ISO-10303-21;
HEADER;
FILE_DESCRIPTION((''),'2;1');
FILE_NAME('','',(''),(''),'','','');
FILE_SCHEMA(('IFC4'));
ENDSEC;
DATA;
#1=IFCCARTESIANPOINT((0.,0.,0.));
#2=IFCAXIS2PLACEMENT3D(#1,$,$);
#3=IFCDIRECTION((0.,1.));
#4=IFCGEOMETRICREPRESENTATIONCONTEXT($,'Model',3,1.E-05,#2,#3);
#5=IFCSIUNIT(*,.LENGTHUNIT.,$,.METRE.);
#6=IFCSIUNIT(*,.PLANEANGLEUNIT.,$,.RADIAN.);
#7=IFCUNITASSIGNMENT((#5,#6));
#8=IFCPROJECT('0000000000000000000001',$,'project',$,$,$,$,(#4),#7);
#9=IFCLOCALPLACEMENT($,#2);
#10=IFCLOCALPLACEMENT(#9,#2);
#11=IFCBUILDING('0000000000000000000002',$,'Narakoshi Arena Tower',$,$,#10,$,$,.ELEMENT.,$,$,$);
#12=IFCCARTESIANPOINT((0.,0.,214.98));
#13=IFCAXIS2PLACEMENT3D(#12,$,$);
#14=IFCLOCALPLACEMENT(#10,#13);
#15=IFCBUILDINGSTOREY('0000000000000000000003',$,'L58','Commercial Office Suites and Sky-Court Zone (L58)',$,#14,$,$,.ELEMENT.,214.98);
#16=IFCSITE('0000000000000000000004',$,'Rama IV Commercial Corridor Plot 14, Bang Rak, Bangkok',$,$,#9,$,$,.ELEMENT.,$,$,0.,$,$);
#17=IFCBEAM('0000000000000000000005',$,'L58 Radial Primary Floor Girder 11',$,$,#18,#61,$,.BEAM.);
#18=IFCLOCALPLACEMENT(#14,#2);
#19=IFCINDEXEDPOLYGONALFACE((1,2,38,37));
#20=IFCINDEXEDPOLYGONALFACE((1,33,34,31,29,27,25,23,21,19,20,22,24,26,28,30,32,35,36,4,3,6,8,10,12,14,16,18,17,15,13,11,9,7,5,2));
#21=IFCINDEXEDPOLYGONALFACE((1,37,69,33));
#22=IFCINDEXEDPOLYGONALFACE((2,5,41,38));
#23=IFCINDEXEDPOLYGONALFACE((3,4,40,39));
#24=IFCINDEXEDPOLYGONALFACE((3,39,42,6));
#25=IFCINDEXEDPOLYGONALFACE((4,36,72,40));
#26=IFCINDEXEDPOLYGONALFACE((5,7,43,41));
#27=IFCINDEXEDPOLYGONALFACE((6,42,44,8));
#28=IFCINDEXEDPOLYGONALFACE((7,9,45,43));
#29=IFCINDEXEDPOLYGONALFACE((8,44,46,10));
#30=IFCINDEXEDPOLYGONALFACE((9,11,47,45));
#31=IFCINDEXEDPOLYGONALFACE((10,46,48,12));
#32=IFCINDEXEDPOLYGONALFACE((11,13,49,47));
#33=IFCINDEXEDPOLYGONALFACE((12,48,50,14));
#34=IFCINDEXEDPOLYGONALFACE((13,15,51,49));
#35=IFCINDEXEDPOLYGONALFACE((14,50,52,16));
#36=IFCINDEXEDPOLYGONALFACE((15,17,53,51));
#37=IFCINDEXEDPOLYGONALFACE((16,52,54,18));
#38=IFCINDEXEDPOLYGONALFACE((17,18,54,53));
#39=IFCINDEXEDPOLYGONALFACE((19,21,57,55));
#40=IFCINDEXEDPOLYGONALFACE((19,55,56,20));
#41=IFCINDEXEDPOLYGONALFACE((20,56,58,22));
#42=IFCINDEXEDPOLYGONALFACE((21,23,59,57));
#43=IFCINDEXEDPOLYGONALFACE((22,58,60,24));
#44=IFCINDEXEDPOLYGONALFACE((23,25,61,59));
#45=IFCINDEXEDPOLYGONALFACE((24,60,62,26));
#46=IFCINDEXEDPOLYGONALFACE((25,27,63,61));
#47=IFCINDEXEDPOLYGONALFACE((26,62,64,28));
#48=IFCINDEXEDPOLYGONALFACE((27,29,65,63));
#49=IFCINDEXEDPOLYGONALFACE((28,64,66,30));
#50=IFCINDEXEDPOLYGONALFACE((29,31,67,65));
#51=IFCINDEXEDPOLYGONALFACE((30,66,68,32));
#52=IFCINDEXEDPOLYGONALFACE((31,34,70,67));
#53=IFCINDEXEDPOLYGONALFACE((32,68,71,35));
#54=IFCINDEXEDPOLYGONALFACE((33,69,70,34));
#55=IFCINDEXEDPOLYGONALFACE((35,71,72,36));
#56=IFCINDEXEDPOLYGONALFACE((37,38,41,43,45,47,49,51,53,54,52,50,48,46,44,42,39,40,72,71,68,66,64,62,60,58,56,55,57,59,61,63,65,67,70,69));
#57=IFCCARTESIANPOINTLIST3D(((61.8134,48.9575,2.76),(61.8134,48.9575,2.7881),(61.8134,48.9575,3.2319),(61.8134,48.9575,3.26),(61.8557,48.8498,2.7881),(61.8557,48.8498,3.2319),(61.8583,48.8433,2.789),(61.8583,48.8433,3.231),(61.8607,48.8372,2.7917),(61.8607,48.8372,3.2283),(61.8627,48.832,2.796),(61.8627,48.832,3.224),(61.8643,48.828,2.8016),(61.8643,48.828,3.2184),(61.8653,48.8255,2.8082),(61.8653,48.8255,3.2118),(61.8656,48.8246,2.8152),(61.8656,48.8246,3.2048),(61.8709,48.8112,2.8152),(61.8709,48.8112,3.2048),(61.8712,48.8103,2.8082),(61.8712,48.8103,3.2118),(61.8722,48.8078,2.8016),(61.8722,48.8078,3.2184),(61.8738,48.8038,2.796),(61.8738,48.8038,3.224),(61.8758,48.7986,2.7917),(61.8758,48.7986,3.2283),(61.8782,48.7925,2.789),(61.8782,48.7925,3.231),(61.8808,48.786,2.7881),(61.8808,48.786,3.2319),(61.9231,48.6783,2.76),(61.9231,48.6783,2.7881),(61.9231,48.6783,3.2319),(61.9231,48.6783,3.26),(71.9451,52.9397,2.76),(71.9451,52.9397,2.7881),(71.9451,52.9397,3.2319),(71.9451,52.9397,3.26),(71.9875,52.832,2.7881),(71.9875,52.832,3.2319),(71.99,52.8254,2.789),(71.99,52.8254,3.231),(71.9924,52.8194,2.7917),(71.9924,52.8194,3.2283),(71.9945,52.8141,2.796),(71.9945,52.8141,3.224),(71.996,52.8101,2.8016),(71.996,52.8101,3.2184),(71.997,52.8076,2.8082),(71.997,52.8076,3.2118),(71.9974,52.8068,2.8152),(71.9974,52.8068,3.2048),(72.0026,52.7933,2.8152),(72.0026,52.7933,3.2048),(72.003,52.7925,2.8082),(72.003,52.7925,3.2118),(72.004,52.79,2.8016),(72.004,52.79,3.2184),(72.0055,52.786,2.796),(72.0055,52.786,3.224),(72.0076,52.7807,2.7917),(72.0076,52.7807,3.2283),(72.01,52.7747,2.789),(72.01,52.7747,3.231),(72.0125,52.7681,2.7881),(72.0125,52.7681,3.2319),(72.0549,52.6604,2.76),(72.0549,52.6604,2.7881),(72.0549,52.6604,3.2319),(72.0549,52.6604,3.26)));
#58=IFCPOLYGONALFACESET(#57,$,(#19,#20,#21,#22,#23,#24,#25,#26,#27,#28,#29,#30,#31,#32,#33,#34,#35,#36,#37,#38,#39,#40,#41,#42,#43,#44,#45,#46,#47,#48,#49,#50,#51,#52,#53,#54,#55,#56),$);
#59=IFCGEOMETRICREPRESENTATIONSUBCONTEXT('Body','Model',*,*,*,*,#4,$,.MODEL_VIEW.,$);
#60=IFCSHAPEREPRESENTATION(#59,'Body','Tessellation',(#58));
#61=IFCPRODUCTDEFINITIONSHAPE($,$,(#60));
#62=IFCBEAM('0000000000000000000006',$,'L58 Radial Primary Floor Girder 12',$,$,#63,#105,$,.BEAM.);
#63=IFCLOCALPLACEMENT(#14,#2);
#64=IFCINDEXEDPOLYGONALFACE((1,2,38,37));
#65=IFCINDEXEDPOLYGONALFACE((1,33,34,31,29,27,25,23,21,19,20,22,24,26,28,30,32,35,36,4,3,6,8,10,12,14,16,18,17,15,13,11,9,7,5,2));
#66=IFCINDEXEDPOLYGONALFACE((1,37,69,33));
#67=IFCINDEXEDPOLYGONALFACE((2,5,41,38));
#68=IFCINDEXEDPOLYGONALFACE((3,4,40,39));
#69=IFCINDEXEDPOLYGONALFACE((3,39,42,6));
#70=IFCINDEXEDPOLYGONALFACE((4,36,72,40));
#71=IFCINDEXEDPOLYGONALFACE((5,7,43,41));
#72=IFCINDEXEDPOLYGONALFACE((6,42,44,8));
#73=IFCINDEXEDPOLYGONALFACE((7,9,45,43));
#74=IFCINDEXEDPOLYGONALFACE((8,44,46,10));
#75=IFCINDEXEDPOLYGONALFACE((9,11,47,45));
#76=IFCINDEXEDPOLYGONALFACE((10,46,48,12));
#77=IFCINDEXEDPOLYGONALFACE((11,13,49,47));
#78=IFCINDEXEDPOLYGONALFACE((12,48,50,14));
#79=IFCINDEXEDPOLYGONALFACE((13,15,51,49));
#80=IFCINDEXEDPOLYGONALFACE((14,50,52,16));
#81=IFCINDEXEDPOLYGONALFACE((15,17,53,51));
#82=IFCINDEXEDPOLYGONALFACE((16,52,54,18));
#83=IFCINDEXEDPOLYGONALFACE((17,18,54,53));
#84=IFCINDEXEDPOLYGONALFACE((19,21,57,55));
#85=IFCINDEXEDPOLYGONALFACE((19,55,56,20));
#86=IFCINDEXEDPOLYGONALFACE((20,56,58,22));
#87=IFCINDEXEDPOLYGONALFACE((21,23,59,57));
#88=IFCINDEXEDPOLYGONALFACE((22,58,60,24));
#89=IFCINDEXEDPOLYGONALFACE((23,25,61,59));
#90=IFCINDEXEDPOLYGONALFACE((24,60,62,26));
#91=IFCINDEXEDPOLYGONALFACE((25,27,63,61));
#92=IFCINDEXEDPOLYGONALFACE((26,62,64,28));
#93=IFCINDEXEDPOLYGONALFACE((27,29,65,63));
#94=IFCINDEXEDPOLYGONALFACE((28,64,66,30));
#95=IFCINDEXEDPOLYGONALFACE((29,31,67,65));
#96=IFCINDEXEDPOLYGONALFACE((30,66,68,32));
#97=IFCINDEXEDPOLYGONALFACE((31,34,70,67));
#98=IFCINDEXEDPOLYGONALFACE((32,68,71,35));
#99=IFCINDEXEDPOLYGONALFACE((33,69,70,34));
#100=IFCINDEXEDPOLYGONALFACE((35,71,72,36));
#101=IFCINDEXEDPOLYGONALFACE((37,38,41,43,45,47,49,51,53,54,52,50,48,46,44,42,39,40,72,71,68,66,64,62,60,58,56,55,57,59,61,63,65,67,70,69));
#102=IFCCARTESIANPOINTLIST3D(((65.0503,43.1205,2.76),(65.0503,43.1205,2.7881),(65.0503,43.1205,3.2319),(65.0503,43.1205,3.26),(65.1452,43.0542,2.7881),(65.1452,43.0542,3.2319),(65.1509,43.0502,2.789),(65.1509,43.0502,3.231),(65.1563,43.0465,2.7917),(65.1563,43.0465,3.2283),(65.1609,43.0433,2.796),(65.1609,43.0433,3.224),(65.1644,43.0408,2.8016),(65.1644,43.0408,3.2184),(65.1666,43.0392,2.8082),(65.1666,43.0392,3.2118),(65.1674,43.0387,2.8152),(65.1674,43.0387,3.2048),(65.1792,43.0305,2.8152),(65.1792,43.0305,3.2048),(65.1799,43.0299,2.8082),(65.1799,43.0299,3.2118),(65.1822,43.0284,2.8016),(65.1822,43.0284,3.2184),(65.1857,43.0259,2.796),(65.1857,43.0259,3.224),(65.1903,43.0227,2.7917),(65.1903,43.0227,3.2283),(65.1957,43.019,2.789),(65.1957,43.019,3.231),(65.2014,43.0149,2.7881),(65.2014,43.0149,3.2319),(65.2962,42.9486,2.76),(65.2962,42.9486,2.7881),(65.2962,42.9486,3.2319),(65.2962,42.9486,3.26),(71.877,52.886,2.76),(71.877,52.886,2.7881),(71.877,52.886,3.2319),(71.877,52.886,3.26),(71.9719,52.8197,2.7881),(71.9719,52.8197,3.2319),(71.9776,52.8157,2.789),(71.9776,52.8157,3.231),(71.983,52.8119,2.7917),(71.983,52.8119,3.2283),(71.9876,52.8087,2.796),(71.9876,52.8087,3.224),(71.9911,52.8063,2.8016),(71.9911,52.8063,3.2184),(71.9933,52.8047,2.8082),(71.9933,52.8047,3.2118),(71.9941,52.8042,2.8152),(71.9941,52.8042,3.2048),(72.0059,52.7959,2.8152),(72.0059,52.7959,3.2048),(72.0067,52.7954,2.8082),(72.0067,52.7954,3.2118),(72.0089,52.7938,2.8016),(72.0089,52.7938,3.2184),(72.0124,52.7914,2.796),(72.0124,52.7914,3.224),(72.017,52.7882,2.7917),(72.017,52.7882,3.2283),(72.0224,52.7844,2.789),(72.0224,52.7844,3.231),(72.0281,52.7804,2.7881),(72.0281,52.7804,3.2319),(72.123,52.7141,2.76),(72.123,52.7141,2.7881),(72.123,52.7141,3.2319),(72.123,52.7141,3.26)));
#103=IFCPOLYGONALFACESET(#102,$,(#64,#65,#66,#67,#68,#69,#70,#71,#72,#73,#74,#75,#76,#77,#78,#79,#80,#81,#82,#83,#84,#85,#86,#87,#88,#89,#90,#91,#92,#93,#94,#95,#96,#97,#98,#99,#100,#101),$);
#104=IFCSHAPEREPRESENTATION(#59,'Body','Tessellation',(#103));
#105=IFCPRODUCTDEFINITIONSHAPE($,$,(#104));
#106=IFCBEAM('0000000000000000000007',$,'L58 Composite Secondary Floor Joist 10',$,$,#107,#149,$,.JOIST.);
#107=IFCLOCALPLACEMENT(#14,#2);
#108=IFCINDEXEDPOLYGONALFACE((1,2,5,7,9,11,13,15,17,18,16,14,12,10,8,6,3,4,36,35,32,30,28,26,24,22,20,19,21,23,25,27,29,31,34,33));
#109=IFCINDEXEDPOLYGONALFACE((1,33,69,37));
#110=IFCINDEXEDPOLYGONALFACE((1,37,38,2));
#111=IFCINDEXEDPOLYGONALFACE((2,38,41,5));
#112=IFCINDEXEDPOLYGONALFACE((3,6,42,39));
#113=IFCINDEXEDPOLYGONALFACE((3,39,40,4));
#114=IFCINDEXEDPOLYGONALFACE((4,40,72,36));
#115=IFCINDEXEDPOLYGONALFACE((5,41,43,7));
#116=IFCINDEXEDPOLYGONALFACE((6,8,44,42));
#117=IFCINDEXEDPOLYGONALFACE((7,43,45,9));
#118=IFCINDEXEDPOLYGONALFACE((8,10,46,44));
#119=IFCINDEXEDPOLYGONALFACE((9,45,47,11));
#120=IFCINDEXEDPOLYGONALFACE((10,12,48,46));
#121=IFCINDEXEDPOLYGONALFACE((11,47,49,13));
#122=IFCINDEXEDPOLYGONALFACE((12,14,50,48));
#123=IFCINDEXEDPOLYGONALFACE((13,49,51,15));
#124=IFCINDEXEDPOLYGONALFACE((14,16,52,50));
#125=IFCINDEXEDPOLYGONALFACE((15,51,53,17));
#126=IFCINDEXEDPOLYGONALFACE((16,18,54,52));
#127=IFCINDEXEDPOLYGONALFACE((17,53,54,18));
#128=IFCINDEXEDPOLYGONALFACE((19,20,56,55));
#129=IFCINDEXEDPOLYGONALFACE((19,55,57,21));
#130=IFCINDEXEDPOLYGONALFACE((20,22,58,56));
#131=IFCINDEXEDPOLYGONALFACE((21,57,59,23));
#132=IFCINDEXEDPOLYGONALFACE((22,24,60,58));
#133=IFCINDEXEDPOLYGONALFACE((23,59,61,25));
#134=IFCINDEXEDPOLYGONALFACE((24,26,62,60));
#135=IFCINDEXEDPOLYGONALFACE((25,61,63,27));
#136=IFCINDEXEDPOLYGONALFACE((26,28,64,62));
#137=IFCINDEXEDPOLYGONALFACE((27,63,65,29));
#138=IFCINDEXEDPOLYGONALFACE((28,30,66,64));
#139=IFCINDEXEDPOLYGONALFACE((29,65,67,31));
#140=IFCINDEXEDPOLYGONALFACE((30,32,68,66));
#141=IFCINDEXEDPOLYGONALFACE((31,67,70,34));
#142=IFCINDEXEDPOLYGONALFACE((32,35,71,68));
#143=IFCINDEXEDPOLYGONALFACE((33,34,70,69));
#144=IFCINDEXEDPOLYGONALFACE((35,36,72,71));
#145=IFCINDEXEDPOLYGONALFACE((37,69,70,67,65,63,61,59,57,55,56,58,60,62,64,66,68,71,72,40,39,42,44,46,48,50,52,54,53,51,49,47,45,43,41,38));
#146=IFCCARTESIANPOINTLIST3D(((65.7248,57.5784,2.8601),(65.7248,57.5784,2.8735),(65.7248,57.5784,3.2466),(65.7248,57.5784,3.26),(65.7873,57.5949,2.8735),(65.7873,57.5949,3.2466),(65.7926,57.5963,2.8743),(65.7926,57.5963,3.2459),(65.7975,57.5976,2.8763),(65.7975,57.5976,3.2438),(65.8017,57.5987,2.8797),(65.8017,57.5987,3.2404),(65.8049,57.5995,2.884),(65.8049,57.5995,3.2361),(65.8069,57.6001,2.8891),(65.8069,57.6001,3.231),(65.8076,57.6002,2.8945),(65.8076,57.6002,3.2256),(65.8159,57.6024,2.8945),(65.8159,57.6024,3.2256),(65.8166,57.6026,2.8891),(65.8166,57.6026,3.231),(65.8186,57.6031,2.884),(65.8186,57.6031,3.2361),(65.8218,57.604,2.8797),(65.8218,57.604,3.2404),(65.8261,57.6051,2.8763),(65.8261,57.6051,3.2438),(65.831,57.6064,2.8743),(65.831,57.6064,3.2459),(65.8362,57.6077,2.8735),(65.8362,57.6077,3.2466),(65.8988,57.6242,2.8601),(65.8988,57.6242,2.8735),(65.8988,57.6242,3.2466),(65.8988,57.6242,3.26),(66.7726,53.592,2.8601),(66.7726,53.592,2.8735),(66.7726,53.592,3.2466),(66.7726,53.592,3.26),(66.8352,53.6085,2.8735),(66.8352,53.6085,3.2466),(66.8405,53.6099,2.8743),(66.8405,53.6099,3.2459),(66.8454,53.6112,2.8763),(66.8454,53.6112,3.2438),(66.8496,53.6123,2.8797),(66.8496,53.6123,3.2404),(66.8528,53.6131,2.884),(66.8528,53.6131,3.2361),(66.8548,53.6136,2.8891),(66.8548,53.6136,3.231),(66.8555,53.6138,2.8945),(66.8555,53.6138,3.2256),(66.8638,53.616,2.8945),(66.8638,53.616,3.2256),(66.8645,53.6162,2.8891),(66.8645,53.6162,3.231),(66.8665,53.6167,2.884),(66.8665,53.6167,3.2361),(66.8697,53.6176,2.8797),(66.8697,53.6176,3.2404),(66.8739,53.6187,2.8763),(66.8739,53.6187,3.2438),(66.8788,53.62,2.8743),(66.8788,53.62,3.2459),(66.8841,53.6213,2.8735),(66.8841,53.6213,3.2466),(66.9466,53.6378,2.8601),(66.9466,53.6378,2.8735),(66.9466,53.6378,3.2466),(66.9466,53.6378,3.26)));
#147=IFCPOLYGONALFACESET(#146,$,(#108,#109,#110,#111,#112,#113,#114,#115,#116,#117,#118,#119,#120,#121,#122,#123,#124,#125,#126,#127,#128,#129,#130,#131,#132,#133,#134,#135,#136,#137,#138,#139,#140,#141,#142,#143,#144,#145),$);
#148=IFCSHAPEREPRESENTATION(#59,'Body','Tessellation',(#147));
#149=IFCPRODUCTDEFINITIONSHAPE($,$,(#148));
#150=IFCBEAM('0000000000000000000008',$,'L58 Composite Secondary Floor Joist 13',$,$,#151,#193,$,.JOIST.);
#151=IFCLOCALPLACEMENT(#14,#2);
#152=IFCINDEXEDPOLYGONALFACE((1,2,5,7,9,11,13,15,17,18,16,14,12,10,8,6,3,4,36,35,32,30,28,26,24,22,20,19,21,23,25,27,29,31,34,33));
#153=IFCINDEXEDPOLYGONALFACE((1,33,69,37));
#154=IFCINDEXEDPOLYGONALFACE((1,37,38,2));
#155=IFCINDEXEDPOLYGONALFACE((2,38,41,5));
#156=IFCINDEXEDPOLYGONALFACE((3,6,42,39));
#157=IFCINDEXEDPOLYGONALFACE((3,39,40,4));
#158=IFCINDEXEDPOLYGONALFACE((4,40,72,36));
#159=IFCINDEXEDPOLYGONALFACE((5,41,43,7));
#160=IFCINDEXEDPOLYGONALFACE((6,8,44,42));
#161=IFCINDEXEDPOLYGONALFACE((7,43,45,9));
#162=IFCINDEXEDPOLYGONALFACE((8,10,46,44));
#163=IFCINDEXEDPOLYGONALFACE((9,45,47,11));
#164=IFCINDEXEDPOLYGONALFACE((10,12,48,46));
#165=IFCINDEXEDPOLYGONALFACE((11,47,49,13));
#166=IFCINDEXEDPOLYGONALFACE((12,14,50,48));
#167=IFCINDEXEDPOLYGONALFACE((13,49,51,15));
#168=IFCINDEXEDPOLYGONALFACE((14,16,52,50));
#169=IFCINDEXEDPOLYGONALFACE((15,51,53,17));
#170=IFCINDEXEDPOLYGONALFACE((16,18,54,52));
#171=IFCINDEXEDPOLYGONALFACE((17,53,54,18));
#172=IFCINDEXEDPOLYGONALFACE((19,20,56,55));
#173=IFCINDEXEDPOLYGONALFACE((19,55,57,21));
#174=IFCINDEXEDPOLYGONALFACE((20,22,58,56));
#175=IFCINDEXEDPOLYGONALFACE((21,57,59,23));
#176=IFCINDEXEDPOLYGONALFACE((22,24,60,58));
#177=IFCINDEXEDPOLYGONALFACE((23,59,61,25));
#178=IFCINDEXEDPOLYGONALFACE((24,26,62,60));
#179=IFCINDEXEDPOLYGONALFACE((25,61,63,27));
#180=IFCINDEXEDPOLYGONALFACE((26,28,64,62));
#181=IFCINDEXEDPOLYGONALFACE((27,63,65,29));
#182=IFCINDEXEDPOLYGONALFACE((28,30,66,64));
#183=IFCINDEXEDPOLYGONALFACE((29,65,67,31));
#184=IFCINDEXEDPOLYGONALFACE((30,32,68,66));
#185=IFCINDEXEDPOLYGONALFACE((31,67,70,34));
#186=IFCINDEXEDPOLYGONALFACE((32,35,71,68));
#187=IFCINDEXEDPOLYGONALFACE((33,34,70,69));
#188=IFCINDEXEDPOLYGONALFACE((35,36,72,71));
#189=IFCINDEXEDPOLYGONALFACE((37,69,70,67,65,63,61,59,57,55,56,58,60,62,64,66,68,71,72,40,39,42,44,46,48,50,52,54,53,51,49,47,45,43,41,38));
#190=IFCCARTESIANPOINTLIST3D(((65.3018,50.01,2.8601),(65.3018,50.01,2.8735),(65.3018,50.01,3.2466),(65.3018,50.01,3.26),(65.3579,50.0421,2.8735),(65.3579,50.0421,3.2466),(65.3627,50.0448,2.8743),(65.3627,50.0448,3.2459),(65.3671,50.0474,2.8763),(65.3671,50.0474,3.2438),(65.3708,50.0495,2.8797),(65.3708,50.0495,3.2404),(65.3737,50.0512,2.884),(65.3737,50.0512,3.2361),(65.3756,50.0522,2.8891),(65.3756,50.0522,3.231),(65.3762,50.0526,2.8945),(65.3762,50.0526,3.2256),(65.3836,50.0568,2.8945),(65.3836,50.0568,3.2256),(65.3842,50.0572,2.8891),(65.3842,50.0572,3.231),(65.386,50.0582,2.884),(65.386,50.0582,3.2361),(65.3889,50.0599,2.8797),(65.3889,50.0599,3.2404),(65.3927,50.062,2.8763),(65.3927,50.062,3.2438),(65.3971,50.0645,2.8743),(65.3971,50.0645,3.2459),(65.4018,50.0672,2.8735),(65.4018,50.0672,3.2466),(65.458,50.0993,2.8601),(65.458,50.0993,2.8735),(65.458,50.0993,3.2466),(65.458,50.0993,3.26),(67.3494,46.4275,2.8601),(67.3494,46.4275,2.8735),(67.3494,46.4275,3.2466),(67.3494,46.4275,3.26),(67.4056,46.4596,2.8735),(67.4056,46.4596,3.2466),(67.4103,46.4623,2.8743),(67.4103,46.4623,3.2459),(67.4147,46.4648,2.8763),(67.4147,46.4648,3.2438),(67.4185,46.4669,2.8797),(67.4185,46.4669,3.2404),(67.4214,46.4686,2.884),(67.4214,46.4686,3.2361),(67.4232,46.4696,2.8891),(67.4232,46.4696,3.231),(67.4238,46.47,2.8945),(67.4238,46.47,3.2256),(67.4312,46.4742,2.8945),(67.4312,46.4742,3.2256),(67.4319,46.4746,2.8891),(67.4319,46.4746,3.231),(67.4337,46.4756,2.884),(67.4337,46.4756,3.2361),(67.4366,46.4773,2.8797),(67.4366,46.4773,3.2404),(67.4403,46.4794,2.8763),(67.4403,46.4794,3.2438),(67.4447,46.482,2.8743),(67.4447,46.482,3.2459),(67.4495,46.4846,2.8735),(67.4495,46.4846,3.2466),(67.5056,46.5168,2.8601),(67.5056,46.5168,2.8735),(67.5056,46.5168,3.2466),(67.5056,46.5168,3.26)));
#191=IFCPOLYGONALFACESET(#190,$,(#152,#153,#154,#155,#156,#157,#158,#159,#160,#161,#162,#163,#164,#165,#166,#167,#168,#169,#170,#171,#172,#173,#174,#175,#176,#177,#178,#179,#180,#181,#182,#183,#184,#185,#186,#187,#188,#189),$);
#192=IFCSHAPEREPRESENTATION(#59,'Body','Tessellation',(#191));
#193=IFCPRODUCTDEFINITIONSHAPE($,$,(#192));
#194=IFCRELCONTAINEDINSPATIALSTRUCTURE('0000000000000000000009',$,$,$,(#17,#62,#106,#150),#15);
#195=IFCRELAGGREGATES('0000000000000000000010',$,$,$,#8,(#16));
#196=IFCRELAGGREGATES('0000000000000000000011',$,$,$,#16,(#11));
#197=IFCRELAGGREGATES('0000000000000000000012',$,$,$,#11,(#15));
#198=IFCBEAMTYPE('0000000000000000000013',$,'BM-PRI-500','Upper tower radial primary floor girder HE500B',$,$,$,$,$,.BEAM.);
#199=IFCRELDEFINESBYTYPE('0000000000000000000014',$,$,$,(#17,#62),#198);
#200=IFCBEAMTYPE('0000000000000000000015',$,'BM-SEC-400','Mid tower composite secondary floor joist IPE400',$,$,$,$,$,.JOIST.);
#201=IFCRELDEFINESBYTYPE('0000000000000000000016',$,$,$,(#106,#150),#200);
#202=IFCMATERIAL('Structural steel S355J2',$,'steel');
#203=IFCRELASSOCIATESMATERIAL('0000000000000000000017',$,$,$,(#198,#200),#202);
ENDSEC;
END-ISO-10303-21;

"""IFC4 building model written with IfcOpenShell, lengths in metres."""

from ifc_helpers import new_model, si_unit, direction, frame, origin, origin_2d, place, context, subcontext, project, spatial, i_section, extrude, material, material_profile, profile_set, type_object, element, save


model = new_model("IFC4")

# Units and contexts
model_context = context("Model", 3, precision=1e-05, world=origin(), true_north=direction((0.0, 1.0)))
body_context = subcontext(model_context, "Body", "Model", "MODEL_VIEW")
ifc_project = project(units=[si_unit("LENGTHUNIT", "METRE"), si_unit("PLANEANGLEUNIT", "RADIAN")], contexts=[model_context])

# Site, building, storey
site_placement = place(None, origin())
site = spatial("IfcSite", under=ifc_project, at=site_placement, Name="Rama IV Commercial Corridor Plot 14, Bang Rak, Bangkok", CompositionType="ELEMENT", RefElevation=0.0)
building_placement = place(site_placement, origin())
building = spatial("IfcBuilding", under=site, at=building_placement, Name="Narakoshi Arena Tower", CompositionType="ELEMENT")
storey_placement = place(building_placement, frame((0.0, 0.0, 214.98)))
storey = spatial("IfcBuildingStorey", under=building, at=storey_placement, Name="L58", Description="Commercial Office Suites and Sky-Court Zone (L58)", CompositionType="ELEMENT", Elevation=214.98)

# Beams
ifc_material_1 = material(Name="Structural steel S355J2", Category="steel")
ifc_material_profile_1 = material_profile(ifc_material_1, i_section(OverallWidth=0.3, OverallDepth=0.5, WebThickness=0.0144, FlangeThickness=0.0281, FilletRadius=0.0271, at=origin_2d()), Name="HE500B")
ifc_profile_set_1 = profile_set([ifc_material_profile_1], Name="Structural steel S355J2")
beam_type_1 = type_object("IfcBeamType", Name="BM-PRI-500", Description="Upper tower radial primary floor girder HE500B", PredefinedType="BEAM", material=ifc_profile_set_1)
beam_1_placement = place(storey_placement, frame((72.0, 52.8, 3.01), z_axis=(-0.930695, -0.365797, 0.0), x_axis=(0.365797, -0.930695, 0.0)))
element("IfcBeam", 1, at=beam_1_placement, inside=storey, type_object=beam_type_1, Name="L58 Radial Primary Floor Girder 11", PredefinedType="BEAM", context=body_context, shape_type="SweptSolid", body=[
    extrude(i_section(OverallWidth=0.3, OverallDepth=0.5, WebThickness=0.0144, FlangeThickness=0.0281, FilletRadius=0.0271, at=origin_2d()), origin(), (0.0, 0.0, 1.0), 10.8862),
])
beam_2_placement = place(storey_placement, frame((72.0, 52.8, 3.01), z_axis=(-0.572949, -0.819591, 0.0), x_axis=(0.819591, -0.572949, 0.0)))
element("IfcBeam", 2, at=beam_2_placement, inside=storey, type_object=beam_type_1, Name="L58 Radial Primary Floor Girder 12", PredefinedType="BEAM", context=body_context, shape_type="SweptSolid", body=[
    extrude(i_section(OverallWidth=0.3, OverallDepth=0.5, WebThickness=0.0144, FlangeThickness=0.0281, FilletRadius=0.0271, at=origin_2d()), origin(), (0.0, 0.0, 1.0), 11.915),
])
ifc_material_profile_2 = material_profile(ifc_material_1, i_section(OverallWidth=0.1799, OverallDepth=0.3999, WebThickness=0.0085, FlangeThickness=0.0134, FilletRadius=0.021, at=origin_2d()), Name="IPE400")
ifc_profile_set_2 = profile_set([ifc_material_profile_2], Name="Structural steel S355J2")
beam_type_2 = type_object("IfcBeamType", Name="BM-SEC-400", Description="Mid tower composite secondary floor joist IPE400", PredefinedType="JOIST", material=ifc_profile_set_2)
beam_3_placement = place(storey_placement, frame((65.8118, 57.6013, 3.0601), z_axis=(0.254225, -0.967145, 0.0), x_axis=(0.967145, 0.254225, 0.0)))
element("IfcBeam", 3, at=beam_3_placement, inside=storey, type_object=beam_type_2, Name="L58 Composite Secondary Floor Joist 10", PredefinedType="JOIST", context=body_context, shape_type="SweptSolid", body=[
    extrude(i_section(OverallWidth=0.1799, OverallDepth=0.3999, WebThickness=0.0085, FlangeThickness=0.0134, FilletRadius=0.021, at=origin_2d()), origin(), (0.0, 0.0, 1.0), 4.1218),
])
beam_4_placement = place(storey_placement, frame((65.3799, 50.0547, 3.0601), z_axis=(0.496222, -0.868196, 0.0), x_axis=(0.868196, 0.496222, 0.0)))
element("IfcBeam", 4, at=beam_4_placement, inside=storey, type_object=beam_type_2, Name="L58 Composite Secondary Floor Joist 13", PredefinedType="JOIST", context=body_context, shape_type="SweptSolid", body=[
    extrude(i_section(OverallWidth=0.1799, OverallDepth=0.3999, WebThickness=0.0085, FlangeThickness=0.0134, FilletRadius=0.021, at=origin_2d()), origin(), (0.0, 0.0, 1.0), 4.1265),
])

save(model, "model.ifc")
